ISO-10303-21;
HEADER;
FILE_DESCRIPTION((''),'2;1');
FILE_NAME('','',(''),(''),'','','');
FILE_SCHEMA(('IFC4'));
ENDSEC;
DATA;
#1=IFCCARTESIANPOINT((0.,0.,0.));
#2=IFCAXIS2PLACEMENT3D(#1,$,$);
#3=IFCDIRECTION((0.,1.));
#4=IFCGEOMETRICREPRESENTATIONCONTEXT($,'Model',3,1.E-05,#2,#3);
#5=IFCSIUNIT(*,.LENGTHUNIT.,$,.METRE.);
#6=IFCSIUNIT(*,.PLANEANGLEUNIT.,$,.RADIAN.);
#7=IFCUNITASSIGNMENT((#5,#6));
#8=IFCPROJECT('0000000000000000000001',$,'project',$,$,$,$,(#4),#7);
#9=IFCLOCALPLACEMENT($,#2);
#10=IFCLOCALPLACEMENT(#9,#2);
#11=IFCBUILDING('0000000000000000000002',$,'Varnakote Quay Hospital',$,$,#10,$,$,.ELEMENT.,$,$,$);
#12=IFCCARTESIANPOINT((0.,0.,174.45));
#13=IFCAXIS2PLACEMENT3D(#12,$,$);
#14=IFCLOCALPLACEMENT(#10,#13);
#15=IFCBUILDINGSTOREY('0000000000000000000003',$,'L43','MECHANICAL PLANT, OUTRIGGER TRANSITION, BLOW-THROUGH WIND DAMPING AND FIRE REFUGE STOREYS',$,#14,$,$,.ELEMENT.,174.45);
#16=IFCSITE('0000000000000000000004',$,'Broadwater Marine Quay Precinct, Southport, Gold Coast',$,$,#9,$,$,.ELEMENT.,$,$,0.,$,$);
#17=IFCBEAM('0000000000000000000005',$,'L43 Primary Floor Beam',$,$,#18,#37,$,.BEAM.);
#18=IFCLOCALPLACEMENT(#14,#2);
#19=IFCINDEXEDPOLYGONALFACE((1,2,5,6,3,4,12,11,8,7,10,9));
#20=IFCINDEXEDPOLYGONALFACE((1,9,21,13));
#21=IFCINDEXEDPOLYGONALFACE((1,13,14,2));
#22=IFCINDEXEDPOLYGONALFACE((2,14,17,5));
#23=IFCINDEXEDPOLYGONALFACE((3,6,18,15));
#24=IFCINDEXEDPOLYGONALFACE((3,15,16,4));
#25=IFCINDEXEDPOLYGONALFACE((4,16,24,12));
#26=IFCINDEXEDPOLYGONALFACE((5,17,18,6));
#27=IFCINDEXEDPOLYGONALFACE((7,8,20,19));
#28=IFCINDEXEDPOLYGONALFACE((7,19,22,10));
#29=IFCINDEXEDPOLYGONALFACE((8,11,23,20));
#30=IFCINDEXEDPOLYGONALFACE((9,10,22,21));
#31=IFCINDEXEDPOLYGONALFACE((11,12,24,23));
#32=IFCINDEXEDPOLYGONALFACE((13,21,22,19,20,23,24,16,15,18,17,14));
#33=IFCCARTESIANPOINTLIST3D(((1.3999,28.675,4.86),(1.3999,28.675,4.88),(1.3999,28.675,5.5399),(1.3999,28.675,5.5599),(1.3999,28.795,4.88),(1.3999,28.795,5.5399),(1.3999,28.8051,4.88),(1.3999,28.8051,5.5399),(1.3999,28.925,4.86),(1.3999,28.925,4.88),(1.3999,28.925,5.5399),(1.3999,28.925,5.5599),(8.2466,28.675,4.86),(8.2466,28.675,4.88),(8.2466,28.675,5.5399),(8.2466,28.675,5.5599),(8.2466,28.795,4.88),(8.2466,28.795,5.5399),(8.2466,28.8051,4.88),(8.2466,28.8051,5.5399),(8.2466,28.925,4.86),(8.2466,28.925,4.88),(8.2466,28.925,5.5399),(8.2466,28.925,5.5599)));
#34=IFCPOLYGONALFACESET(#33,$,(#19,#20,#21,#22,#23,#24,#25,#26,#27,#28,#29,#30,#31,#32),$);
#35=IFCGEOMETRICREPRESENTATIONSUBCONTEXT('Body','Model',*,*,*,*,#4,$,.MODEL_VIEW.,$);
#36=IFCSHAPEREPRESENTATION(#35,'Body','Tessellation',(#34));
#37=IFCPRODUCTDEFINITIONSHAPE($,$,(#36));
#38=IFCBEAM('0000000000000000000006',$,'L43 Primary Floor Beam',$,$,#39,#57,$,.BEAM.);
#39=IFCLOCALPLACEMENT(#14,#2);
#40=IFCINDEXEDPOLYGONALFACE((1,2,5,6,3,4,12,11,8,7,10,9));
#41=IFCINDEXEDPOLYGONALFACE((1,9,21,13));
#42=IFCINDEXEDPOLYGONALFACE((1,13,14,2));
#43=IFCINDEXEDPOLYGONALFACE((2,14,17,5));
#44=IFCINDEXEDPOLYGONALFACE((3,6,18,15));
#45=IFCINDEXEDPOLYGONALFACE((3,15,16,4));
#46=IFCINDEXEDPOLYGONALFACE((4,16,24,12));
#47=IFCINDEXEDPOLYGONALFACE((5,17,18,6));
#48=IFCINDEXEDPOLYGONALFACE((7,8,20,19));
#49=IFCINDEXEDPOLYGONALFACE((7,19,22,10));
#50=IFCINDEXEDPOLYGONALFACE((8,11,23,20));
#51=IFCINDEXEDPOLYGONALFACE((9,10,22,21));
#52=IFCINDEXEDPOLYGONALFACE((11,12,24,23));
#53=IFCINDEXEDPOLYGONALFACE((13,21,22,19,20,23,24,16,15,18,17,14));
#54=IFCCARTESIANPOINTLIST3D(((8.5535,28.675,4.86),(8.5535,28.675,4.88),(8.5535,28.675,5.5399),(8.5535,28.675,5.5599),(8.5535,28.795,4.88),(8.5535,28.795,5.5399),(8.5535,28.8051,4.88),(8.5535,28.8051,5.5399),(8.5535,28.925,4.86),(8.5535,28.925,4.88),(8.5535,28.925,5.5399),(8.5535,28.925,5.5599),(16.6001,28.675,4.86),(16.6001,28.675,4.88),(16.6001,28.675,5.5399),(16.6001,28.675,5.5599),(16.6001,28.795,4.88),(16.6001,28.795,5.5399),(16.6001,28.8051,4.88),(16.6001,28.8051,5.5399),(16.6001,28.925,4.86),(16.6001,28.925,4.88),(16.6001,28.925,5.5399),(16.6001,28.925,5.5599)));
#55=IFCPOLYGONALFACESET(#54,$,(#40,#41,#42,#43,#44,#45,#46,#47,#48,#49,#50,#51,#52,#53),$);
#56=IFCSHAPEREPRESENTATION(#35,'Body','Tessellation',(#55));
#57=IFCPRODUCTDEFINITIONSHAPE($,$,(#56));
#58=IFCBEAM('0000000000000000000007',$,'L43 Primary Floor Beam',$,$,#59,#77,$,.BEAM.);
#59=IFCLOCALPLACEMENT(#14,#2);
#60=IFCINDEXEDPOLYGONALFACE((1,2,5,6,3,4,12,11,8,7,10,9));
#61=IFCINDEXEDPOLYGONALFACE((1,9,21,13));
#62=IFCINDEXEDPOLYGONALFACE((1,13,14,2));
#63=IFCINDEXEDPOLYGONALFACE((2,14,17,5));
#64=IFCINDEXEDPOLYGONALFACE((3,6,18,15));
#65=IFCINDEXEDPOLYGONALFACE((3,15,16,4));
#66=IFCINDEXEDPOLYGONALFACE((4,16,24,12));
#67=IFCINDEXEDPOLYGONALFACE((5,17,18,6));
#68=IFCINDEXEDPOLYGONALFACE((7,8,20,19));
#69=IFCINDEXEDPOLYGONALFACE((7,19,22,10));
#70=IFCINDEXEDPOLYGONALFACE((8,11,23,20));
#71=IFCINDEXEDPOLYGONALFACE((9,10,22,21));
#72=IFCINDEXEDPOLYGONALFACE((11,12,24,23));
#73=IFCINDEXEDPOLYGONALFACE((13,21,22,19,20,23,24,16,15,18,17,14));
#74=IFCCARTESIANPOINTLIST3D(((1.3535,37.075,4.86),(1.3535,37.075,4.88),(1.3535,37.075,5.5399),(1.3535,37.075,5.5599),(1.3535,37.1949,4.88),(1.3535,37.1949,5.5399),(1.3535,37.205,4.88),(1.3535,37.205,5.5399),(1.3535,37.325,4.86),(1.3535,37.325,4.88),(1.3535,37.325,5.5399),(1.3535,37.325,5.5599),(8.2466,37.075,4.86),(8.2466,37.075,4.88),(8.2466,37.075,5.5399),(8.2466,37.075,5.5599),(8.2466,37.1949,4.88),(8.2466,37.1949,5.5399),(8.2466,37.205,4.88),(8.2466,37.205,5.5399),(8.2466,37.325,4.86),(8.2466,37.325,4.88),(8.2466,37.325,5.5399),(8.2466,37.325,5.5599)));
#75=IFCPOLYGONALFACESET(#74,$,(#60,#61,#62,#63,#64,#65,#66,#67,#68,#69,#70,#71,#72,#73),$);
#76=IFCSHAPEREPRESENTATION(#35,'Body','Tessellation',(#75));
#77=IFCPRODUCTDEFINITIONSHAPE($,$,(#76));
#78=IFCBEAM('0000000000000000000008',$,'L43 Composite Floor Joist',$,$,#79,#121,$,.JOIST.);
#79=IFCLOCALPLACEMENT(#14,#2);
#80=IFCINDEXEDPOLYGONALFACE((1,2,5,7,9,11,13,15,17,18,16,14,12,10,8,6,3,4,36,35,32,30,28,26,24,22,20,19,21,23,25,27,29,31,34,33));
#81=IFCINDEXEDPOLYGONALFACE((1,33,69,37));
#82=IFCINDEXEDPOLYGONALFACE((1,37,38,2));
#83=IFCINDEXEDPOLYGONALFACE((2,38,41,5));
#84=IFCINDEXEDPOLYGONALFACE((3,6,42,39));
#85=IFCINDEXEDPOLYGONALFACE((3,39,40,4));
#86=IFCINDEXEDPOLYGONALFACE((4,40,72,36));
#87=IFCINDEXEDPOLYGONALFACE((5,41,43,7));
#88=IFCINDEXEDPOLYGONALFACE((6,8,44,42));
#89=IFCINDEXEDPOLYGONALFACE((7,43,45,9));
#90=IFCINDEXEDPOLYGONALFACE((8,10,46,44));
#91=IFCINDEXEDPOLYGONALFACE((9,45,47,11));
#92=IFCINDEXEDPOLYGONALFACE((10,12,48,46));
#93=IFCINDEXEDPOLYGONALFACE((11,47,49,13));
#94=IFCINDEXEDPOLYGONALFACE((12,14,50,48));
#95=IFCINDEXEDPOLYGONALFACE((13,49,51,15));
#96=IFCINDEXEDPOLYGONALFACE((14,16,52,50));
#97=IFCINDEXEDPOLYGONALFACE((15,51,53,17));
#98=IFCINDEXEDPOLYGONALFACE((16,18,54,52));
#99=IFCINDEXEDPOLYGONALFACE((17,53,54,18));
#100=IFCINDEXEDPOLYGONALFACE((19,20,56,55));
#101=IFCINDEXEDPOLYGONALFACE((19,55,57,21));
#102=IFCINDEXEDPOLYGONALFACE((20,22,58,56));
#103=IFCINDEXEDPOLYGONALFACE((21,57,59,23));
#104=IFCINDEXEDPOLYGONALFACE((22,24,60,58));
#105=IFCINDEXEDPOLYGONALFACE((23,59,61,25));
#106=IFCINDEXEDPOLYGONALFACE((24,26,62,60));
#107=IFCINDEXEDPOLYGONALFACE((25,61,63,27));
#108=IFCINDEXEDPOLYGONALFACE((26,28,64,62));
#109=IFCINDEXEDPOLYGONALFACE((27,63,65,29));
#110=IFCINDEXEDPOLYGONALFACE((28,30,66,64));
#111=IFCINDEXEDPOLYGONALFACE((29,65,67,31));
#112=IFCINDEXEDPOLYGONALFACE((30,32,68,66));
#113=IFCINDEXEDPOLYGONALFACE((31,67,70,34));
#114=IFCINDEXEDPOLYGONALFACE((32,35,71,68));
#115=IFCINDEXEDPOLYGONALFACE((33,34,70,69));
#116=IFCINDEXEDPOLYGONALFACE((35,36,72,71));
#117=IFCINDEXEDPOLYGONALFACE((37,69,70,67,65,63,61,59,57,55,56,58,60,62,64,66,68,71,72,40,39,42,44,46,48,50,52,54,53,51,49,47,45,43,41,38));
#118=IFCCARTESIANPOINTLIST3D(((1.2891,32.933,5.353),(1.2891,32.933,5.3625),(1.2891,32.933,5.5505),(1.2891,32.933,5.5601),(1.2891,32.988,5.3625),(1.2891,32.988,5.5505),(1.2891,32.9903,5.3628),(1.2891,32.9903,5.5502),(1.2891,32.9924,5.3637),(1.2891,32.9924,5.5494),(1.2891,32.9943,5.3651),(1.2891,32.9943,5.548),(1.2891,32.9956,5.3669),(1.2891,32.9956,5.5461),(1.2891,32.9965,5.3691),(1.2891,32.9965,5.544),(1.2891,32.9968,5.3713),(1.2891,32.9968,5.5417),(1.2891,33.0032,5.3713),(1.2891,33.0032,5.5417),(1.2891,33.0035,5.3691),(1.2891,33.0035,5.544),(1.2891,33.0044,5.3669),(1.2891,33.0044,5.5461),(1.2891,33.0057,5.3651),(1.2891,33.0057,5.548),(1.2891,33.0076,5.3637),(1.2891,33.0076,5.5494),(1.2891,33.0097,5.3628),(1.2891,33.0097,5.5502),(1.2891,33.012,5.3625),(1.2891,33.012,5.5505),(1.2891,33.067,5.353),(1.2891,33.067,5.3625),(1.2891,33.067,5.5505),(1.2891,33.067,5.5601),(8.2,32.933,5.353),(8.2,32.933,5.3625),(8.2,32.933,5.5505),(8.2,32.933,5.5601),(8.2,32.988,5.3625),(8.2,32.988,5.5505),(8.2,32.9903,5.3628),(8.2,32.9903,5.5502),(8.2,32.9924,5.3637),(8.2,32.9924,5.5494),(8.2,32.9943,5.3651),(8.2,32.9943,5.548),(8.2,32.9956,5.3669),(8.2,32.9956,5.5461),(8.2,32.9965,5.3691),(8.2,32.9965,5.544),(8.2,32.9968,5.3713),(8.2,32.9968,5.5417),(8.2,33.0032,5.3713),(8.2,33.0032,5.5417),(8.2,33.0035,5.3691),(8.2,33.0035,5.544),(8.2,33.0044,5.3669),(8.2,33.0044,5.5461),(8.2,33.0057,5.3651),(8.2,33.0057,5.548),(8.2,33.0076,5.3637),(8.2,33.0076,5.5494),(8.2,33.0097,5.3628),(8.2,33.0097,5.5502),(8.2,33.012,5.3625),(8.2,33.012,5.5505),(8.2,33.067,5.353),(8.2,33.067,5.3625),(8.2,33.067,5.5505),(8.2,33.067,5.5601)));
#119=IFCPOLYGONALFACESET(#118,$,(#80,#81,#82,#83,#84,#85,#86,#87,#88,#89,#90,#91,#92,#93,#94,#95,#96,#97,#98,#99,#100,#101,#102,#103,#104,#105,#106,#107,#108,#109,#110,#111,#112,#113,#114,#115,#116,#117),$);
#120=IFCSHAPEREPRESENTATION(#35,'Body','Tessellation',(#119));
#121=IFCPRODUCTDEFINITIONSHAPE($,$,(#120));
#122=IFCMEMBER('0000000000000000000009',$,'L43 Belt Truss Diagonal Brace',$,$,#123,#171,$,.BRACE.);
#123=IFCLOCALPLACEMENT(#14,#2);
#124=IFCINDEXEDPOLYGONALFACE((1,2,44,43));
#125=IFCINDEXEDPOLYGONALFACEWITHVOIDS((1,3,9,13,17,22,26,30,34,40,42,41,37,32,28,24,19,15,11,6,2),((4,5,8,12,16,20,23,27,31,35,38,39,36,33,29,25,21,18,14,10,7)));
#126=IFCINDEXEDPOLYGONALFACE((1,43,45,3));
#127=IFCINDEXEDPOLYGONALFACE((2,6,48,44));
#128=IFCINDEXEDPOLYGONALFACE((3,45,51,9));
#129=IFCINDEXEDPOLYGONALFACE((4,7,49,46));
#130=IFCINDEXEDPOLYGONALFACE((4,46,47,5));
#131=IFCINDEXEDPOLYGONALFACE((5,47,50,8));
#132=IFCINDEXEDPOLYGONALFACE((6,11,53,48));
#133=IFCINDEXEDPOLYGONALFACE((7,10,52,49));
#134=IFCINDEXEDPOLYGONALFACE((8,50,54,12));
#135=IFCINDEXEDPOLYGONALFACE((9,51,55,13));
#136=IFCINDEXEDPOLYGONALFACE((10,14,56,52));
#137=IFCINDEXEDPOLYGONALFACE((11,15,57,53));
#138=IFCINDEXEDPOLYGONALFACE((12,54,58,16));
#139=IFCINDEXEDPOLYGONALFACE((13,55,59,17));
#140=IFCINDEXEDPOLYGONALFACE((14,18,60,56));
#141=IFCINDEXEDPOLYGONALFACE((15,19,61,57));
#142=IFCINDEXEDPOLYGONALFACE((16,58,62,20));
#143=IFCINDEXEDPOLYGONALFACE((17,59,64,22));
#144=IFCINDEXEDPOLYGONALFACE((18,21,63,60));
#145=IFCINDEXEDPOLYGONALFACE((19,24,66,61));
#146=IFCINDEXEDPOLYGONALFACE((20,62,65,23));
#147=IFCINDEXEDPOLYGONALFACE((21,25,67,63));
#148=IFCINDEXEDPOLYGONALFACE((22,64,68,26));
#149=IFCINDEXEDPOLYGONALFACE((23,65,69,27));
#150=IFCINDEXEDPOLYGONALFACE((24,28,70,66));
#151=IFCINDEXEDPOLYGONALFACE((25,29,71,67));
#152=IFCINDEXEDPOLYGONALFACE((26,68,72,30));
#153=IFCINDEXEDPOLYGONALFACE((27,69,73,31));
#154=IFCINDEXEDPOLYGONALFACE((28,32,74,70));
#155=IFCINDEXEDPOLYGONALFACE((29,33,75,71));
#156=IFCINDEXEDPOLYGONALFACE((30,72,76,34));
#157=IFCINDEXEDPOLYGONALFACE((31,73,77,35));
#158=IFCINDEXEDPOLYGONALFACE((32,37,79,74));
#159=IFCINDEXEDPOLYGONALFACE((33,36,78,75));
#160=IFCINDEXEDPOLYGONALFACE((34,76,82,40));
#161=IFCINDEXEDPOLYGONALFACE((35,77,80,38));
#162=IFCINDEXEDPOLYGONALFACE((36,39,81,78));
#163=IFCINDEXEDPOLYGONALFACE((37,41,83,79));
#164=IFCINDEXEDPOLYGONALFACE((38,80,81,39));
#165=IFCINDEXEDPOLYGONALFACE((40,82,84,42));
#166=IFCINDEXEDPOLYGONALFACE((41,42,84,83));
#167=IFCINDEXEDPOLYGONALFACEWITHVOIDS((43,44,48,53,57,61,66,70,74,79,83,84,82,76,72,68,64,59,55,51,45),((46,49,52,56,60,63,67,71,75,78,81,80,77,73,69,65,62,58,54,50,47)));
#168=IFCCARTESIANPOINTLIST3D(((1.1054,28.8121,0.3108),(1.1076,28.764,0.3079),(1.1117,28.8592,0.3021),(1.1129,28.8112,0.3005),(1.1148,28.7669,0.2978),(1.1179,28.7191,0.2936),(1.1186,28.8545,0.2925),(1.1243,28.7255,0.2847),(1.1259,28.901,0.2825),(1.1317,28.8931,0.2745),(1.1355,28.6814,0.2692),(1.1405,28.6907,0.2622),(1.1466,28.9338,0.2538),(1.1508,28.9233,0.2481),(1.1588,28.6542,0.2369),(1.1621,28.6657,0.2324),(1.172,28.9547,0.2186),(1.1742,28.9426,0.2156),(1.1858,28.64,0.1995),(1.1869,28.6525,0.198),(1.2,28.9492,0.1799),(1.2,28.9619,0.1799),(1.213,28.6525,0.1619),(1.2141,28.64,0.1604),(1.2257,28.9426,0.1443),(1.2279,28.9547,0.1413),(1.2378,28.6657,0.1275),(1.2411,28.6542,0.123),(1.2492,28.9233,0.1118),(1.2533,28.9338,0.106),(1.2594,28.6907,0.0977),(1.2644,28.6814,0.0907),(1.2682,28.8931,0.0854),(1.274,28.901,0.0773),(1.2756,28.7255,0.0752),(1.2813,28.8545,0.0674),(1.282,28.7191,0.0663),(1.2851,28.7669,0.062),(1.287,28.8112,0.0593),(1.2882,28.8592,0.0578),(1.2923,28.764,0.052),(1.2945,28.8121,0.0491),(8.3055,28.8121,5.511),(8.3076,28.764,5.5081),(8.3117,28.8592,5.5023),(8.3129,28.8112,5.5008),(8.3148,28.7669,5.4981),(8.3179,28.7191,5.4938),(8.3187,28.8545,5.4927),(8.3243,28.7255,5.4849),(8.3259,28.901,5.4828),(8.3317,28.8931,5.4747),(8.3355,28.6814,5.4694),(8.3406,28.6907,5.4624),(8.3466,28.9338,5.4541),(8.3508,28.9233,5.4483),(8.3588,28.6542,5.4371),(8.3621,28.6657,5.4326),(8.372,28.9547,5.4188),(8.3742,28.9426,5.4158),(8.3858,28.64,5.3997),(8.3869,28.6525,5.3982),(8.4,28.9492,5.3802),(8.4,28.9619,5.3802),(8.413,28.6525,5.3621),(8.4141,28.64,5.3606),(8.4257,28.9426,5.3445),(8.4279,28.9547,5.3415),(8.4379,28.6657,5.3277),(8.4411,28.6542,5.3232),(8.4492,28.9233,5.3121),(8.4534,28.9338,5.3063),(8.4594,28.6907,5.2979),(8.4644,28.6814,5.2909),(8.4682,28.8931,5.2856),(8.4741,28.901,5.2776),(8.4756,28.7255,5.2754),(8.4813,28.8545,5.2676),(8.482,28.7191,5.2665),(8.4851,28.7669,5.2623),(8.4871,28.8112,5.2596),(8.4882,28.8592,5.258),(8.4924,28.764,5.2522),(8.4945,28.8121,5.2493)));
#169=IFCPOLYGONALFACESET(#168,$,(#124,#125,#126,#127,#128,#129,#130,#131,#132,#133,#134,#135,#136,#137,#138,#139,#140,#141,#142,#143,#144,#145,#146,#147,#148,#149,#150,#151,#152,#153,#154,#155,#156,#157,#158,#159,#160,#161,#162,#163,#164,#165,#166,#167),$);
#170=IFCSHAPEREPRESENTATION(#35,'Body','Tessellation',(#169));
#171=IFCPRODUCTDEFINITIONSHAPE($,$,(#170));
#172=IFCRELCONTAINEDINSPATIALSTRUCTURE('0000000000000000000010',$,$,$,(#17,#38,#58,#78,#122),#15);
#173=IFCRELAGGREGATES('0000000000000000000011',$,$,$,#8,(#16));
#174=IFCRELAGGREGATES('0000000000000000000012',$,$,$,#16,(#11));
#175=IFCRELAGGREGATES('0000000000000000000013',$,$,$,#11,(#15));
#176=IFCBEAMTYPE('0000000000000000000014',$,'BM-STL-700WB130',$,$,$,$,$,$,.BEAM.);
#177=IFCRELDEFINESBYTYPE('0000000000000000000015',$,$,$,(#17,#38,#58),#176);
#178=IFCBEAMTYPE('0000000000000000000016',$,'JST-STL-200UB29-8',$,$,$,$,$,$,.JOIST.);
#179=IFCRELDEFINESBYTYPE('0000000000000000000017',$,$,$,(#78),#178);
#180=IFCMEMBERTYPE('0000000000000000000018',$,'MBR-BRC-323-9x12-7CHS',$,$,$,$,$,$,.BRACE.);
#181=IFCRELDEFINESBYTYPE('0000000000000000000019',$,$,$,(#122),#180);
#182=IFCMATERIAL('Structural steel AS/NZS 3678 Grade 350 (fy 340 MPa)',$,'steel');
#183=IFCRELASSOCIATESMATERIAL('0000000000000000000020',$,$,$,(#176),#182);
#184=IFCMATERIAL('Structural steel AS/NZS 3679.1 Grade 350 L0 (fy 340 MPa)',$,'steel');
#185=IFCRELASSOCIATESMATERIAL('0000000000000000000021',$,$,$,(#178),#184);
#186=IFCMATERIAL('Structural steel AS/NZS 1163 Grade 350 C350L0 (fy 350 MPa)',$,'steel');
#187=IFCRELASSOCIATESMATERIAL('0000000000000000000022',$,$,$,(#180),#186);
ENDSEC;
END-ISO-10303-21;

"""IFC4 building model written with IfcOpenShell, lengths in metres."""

from ifc_helpers import new_model, si_unit, direction, frame, origin, origin_2d, place, context, subcontext, project, spatial, hollow_circle, i_section, extrude, material, material_profile, profile_set, type_object, element, save


model = new_model("IFC4")

# Units and contexts
model_context = context("Model", 3, precision=1e-05, world=origin(), true_north=direction((0.0, 1.0)))
body_context = subcontext(model_context, "Body", "Model", "MODEL_VIEW")
ifc_project = project(units=[si_unit("LENGTHUNIT", "METRE"), si_unit("PLANEANGLEUNIT", "RADIAN")], contexts=[model_context])

# Site, building, storey
site_placement = place(None, origin())
site = spatial("IfcSite", under=ifc_project, at=site_placement, Name="Broadwater Marine Quay Precinct, Southport, Gold Coast", CompositionType="ELEMENT", RefElevation=0.0)
building_placement = place(site_placement, origin())
building = spatial("IfcBuilding", under=site, at=building_placement, Name="Varnakote Quay Hospital", CompositionType="ELEMENT")
storey_placement = place(building_placement, frame((0.0, 0.0, 174.45)))
storey = spatial("IfcBuildingStorey", under=building, at=storey_placement, Name="L43", Description="MECHANICAL PLANT, OUTRIGGER TRANSITION, BLOW-THROUGH WIND DAMPING AND FIRE REFUGE STOREYS", CompositionType="ELEMENT", Elevation=174.45)

# Beams
ifc_material_1 = material(Name="Structural steel AS/NZS 3678 Grade 350 (fy 340 MPa)", Category="steel")
ifc_material_profile_1 = material_profile(ifc_material_1, i_section(OverallWidth=0.25, OverallDepth=0.7, WebThickness=0.01, FlangeThickness=0.02, at=origin_2d()), Name="700WB130")
ifc_profile_set_1 = profile_set([ifc_material_profile_1], Name="Structural steel AS/NZS 3678 Grade 350 (fy 340 MPa)")
beam_type_1 = type_object("IfcBeamType", Name="BM-STL-700WB130", PredefinedType="BEAM", material=ifc_profile_set_1)
beam_1_placement = place(storey_placement, frame((1.3999, 28.8, 5.21), z_axis=(1.0, 0.0, 0.0), x_axis=(0.0, 1.0, 0.0)))
element("IfcBeam", 1, at=beam_1_placement, inside=storey, type_object=beam_type_1, Name="L43 Primary Floor Beam", PredefinedType="BEAM", context=body_context, shape_type="SweptSolid", body=[
    extrude(i_section(OverallWidth=0.25, OverallDepth=0.7, WebThickness=0.01, FlangeThickness=0.02, at=origin_2d()), origin(), (0.0, 0.0, 1.0), 6.8467),
])
beam_2_placement = place(storey_placement, frame((8.5535, 28.8, 5.21), z_axis=(1.0, 0.0, 0.0), x_axis=(0.0, 1.0, 0.0)))
element("IfcBeam", 2, at=beam_2_placement, inside=storey, type_object=beam_type_1, Name="L43 Primary Floor Beam", PredefinedType="BEAM", context=body_context, shape_type="SweptSolid", body=[
    extrude(i_section(OverallWidth=0.25, OverallDepth=0.7, WebThickness=0.01, FlangeThickness=0.02, at=origin_2d()), origin(), (0.0, 0.0, 1.0), 8.0466),
])
beam_3_placement = place(storey_placement, frame((1.3535, 37.2, 5.21), z_axis=(1.0, 0.0, 0.0), x_axis=(0.0, 1.0, 0.0)))
element("IfcBeam", 3, at=beam_3_placement, inside=storey, type_object=beam_type_1, Name="L43 Primary Floor Beam", PredefinedType="BEAM", context=body_context, shape_type="SweptSolid", body=[
    extrude(i_section(OverallWidth=0.25, OverallDepth=0.7, WebThickness=0.01, FlangeThickness=0.02, at=origin_2d()), origin(), (0.0, 0.0, 1.0), 6.8931),
])
ifc_material_2 = material(Name="Structural steel AS/NZS 3679.1 Grade 350 L0 (fy 340 MPa)", Category="steel")
ifc_material_profile_2 = material_profile(ifc_material_2, i_section(OverallWidth=0.134, OverallDepth=0.207, WebThickness=0.0063, FlangeThickness=0.0095, FilletRadius=0.0088, at=origin_2d()), Name="200UB29.8")
ifc_profile_set_2 = profile_set([ifc_material_profile_2], Name="Structural steel AS/NZS 3679.1 Grade 350 L0 (fy 340 MPa)")
beam_type_2 = type_object("IfcBeamType", Name="JST-STL-200UB29-8", PredefinedType="JOIST", material=ifc_profile_set_2)
beam_4_placement = place(storey_placement, frame((1.2891, 33.0, 5.4565), z_axis=(1.0, 0.0, 0.0), x_axis=(0.0, 1.0, 0.0)))
element("IfcBeam", 4, at=beam_4_placement, inside=storey, type_object=beam_type_2, Name="L43 Composite Floor Joist", PredefinedType="JOIST", context=body_context, shape_type="SweptSolid", body=[
    extrude(i_section(OverallWidth=0.134, OverallDepth=0.207, WebThickness=0.0063, FlangeThickness=0.0095, FilletRadius=0.0088, at=origin_2d()), origin(), (0.0, 0.0, 1.0), 6.9109),
])

# Member
ifc_material_3 = material(Name="Structural steel AS/NZS 1163 Grade 350 C350L0 (fy 350 MPa)", Category="steel")
ifc_material_profile_3 = material_profile(ifc_material_3, hollow_circle(Radius=0.1619, WallThickness=0.0127, at=origin_2d()), Name="323.9x12.7CHS")
ifc_profile_set_3 = profile_set([ifc_material_profile_3], Name="Structural steel AS/NZS 1163 Grade 350 C350L0 (fy 350 MPa)")
member_type_1 = type_object("IfcMemberType", Name="MBR-BRC-323-9x12-7CHS", PredefinedType="BRACE", material=ifc_profile_set_3)
member_1_placement = place(storey_placement, frame((1.2, 28.8, 0.1799), z_axis=(0.810667, 0.0, 0.585508), x_axis=(0.0, 1.0, 0.0)))
element("IfcMember", 5, at=member_1_placement, inside=storey, type_object=member_type_1, Name="L43 Belt Truss Diagonal Brace", PredefinedType="BRACE", context=body_context, shape_type="SweptSolid", body=[
    extrude(hollow_circle(Radius=0.1619, WallThickness=0.0127, at=origin_2d()), origin(), (0.0, 0.0, 1.0), 8.8816),
])

save(model, "model.ifc")
